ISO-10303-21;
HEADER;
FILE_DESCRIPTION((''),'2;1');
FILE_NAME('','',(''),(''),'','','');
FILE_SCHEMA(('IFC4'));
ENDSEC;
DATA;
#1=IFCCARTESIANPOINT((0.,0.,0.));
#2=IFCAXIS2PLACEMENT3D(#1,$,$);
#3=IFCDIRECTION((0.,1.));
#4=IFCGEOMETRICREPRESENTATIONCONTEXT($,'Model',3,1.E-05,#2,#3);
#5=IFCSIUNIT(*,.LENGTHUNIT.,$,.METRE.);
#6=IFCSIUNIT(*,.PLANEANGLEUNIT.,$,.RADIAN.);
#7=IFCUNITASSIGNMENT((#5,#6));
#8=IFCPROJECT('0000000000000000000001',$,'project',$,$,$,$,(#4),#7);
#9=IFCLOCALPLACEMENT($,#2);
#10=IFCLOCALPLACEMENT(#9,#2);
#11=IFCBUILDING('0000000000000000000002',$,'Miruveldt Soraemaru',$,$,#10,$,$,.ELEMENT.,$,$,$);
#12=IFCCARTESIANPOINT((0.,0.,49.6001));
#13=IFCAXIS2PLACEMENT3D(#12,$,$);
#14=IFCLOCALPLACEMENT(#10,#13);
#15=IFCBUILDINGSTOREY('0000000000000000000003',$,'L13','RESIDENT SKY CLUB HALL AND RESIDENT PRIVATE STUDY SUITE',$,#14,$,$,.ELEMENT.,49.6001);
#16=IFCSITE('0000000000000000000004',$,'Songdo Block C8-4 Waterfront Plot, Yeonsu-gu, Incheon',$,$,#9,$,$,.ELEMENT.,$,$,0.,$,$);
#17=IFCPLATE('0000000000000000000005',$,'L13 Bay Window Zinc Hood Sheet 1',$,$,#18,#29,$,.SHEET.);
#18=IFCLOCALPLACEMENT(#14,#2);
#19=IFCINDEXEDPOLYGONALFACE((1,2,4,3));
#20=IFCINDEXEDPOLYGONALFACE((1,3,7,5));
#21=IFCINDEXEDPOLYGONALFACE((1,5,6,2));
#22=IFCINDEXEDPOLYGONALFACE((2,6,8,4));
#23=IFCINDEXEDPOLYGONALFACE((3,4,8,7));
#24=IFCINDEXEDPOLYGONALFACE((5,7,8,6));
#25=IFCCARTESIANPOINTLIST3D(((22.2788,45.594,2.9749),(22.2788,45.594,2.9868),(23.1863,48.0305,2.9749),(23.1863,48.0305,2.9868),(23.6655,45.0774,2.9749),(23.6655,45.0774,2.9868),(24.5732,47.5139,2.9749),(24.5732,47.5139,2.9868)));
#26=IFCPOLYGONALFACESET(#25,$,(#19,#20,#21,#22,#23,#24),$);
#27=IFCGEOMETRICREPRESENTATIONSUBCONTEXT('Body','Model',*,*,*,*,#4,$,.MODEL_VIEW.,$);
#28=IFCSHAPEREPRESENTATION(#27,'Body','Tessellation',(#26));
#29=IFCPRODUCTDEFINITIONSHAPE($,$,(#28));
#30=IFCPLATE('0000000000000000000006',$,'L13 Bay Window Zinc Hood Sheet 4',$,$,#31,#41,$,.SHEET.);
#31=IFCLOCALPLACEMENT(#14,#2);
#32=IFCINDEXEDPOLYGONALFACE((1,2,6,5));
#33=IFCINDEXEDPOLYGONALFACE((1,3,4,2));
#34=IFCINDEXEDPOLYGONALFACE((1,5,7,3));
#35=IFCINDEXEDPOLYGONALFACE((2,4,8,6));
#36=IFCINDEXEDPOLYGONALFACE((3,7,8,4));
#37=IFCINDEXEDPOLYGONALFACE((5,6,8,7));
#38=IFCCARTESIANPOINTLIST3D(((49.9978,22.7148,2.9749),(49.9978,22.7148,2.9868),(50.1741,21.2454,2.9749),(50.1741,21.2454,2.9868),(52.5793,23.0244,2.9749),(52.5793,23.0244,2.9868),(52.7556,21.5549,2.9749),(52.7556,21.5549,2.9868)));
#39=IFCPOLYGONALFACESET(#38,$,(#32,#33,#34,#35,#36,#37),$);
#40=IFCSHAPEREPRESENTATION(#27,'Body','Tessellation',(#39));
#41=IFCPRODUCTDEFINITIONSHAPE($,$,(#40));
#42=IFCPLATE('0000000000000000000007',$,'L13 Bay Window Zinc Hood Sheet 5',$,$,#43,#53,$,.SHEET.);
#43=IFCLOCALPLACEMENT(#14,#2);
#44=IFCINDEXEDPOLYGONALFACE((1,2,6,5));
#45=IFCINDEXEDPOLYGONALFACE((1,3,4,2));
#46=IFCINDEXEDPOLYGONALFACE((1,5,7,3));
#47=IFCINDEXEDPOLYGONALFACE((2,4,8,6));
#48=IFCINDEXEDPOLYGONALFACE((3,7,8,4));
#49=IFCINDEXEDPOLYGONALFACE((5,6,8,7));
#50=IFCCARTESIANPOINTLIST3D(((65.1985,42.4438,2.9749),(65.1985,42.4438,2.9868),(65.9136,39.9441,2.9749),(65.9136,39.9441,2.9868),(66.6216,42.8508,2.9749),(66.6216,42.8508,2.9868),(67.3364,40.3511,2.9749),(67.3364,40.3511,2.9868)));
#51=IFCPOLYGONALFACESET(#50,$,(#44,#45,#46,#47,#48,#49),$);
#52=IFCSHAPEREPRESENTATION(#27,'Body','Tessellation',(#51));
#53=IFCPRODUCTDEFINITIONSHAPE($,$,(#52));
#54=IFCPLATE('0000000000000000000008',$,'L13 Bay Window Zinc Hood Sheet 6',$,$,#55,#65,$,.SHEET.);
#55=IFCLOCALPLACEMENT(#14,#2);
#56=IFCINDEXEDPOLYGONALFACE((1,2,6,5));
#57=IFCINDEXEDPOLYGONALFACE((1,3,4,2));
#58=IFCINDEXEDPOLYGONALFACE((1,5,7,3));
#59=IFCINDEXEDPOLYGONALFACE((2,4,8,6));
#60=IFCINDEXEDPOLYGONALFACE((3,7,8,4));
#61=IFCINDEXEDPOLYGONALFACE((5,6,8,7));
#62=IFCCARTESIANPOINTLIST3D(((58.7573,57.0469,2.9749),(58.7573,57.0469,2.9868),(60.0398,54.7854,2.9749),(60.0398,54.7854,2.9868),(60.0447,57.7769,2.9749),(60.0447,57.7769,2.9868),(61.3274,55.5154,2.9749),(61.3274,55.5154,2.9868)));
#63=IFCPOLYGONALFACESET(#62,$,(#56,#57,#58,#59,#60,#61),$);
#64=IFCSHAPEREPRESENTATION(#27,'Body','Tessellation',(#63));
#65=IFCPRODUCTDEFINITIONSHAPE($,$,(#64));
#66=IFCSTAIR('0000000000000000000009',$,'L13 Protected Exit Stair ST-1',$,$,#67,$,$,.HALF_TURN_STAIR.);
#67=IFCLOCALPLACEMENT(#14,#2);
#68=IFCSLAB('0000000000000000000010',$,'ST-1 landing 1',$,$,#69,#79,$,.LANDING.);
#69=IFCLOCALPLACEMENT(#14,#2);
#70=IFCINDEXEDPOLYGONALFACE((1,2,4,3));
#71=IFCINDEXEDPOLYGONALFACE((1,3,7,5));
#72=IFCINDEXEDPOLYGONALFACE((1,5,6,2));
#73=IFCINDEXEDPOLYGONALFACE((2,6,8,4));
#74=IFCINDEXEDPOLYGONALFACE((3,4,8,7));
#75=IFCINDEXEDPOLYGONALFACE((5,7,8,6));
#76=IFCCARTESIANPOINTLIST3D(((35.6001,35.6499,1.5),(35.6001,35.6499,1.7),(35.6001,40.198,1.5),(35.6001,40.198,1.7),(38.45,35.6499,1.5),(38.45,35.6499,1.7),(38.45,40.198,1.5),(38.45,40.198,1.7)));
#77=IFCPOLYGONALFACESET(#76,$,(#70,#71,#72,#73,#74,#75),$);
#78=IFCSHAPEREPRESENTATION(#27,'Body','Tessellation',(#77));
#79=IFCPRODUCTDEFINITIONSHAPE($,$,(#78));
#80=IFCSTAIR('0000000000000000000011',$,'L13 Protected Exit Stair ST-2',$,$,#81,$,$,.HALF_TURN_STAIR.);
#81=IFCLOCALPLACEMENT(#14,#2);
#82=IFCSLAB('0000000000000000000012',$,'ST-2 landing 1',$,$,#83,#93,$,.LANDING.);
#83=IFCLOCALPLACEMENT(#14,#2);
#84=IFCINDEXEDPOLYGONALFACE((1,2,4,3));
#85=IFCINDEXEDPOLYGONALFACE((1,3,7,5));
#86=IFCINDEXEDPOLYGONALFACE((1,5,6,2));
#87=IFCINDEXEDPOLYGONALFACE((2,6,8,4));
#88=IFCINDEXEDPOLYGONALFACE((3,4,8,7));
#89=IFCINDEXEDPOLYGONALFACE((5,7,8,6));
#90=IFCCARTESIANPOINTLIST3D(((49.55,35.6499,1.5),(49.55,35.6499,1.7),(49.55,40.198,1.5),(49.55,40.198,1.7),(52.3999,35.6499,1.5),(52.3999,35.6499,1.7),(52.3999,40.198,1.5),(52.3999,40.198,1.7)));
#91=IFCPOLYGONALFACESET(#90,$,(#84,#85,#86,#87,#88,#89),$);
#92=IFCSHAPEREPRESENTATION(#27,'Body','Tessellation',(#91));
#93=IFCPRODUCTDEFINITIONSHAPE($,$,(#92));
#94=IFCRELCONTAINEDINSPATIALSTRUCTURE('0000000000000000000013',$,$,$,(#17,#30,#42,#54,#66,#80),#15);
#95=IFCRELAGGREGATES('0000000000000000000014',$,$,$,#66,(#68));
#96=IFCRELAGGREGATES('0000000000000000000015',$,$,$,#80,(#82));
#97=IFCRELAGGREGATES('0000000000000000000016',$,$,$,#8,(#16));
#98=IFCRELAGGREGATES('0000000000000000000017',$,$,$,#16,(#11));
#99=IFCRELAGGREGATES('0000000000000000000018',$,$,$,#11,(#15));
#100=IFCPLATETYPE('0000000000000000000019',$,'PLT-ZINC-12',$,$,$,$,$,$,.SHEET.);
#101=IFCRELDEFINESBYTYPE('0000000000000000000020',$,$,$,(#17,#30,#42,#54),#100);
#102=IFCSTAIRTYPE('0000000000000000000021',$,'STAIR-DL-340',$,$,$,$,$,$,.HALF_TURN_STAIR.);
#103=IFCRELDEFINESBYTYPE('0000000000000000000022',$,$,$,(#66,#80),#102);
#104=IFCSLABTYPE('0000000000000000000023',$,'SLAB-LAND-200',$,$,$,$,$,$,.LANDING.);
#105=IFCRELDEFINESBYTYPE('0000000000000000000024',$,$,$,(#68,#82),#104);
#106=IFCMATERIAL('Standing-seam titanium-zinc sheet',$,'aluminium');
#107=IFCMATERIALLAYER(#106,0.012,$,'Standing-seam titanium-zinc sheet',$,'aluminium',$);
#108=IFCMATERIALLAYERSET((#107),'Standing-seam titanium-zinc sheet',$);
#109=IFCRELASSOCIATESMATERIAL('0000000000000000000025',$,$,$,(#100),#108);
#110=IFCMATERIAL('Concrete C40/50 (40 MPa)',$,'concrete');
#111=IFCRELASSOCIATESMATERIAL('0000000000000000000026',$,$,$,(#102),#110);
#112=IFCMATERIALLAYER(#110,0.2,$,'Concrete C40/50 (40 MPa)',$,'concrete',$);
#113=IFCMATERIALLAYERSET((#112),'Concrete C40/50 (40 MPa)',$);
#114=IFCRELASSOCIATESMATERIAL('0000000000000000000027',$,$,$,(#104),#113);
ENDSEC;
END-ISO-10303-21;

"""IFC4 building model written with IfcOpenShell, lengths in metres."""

from ifc_helpers import new_model, si_unit, direction, frame, origin, place, context, subcontext, project, spatial, polyline, outline, extrude, material, layer, layer_set, type_object, element, aggregate, save


model = new_model("IFC4")

# Units and contexts
model_context = context("Model", 3, precision=1e-05, world=origin(), true_north=direction((0.0, 1.0)))
body_context = subcontext(model_context, "Body", "Model", "MODEL_VIEW")
ifc_project = project(units=[si_unit("LENGTHUNIT", "METRE"), si_unit("PLANEANGLEUNIT", "RADIAN")], contexts=[model_context])

# Site, building, storey
site_placement = place(None, origin())
site = spatial("IfcSite", under=ifc_project, at=site_placement, Name="Songdo Block C8-4 Waterfront Plot, Yeonsu-gu, Incheon", CompositionType="ELEMENT", RefElevation=0.0)
building_placement = place(site_placement, origin())
building = spatial("IfcBuilding", under=site, at=building_placement, Name="Miruveldt Soraemaru", CompositionType="ELEMENT")
storey_placement = place(building_placement, frame((0.0, 0.0, 49.6001)))
storey = spatial("IfcBuildingStorey", under=building, at=storey_placement, Name="L13", Description="RESIDENT SKY CLUB HALL AND RESIDENT PRIVATE STUDY SUITE", CompositionType="ELEMENT", Elevation=49.6001)

# Plates
ifc_material_1 = material(Name="Standing-seam titanium-zinc sheet", Category="aluminium")
ifc_layer_1 = layer(ifc_material_1, 0.012, Name="Standing-seam titanium-zinc sheet", Category="aluminium")
ifc_layer_set_1 = layer_set([ifc_layer_1], Name="Standing-seam titanium-zinc sheet")
plate_type = type_object("IfcPlateType", Name="PLT-ZINC-12", PredefinedType="SHEET", material=ifc_layer_set_1)
plate_1_placement = place(storey_placement, frame((0.0, 0.0, 2.9749)))
element("IfcPlate", 1, at=plate_1_placement, inside=storey, type_object=plate_type, Name="L13 Bay Window Zinc Hood Sheet 1", PredefinedType="SHEET", context=body_context, shape_type="SweptSolid", body=[
    extrude(outline(polyline([(24.5732, 47.5139), (23.6655, 45.0774), (22.2788, 45.594), (23.1863, 48.0305), (24.5732, 47.5139)])), origin(), (0.0, 0.0, 1.0), 0.012),
])
plate_2_placement = place(storey_placement, frame((0.0, 0.0, 2.9749)))
element("IfcPlate", 2, at=plate_2_placement, inside=storey, type_object=plate_type, Name="L13 Bay Window Zinc Hood Sheet 4", PredefinedType="SHEET", context=body_context, shape_type="SweptSolid", body=[
    extrude(outline(polyline([(49.9978, 22.7148), (52.5793, 23.0244), (52.7556, 21.5549), (50.1741, 21.2454), (49.9978, 22.7148)])), origin(), (0.0, 0.0, 1.0), 0.012),
])
plate_3_placement = place(storey_placement, frame((0.0, 0.0, 2.9749)))
element("IfcPlate", 3, at=plate_3_placement, inside=storey, type_object=plate_type, Name="L13 Bay Window Zinc Hood Sheet 5", PredefinedType="SHEET", context=body_context, shape_type="SweptSolid", body=[
    extrude(outline(polyline([(65.9136, 39.9441), (65.1985, 42.4438), (66.6216, 42.8508), (67.3364, 40.3511), (65.9136, 39.9441)])), origin(), (0.0, 0.0, 1.0), 0.012),
])
plate_4_placement = place(storey_placement, frame((0.0, 0.0, 2.9749)))
element("IfcPlate", 4, at=plate_4_placement, inside=storey, type_object=plate_type, Name="L13 Bay Window Zinc Hood Sheet 6", PredefinedType="SHEET", context=body_context, shape_type="SweptSolid", body=[
    extrude(outline(polyline([(60.0398, 54.7854), (58.7573, 57.0469), (60.0447, 57.7769), (61.3274, 55.5154), (60.0398, 54.7854)])), origin(), (0.0, 0.0, 1.0), 0.012),
])

# Stairs, slabs
ifc_material_2 = material(Name="Concrete C40/50 (40 MPa)", Category="concrete")
stair_type = type_object("IfcStairType", Name="STAIR-DL-340", PredefinedType="HALF_TURN_STAIR", material=ifc_material_2)
stair_1_placement = place(storey_placement, origin())
stair_1 = element("IfcStair", 5, at=stair_1_placement, inside=storey, type_object=stair_type, Name="L13 Protected Exit Stair ST-1", PredefinedType="HALF_TURN_STAIR")
ifc_layer_2 = layer(ifc_material_2, 0.2, Name="Concrete C40/50 (40 MPa)", Category="concrete")
ifc_layer_set_2 = layer_set([ifc_layer_2], Name="Concrete C40/50 (40 MPa)")
slab_type_1 = type_object("IfcSlabType", Name="SLAB-LAND-200", PredefinedType="LANDING", material=ifc_layer_set_2)
slab_1_placement = place(storey_placement, frame((0.0, 0.0, 1.5)))
slab_1 = element("IfcSlab", 6, at=slab_1_placement, type_object=slab_type_1, Name="ST-1 landing 1", PredefinedType="LANDING", context=body_context, shape_type="SweptSolid", body=[
    extrude(outline(polyline([(35.6001, 40.198), (35.6001, 35.6499), (38.45, 35.6499), (38.45, 40.198), (35.6001, 40.198)])), origin(), (0.0, 0.0, 1.0), 0.2),
])
aggregate(stair_1, [slab_1])
stair_2_placement = place(storey_placement, origin())
stair_2 = element("IfcStair", 7, at=stair_2_placement, inside=storey, type_object=stair_type, Name="L13 Protected Exit Stair ST-2", PredefinedType="HALF_TURN_STAIR")
slab_2_placement = place(storey_placement, frame((0.0, 0.0, 1.5)))
slab_2 = element("IfcSlab", 8, at=slab_2_placement, type_object=slab_type_1, Name="ST-2 landing 1", PredefinedType="LANDING", context=body_context, shape_type="SweptSolid", body=[
    extrude(outline(polyline([(49.55, 40.198), (49.55, 35.6499), (52.3999, 35.6499), (52.3999, 40.198), (49.55, 40.198)])), origin(), (0.0, 0.0, 1.0), 0.2),
])
aggregate(stair_2, [slab_2])

save(model, "model.ifc")
